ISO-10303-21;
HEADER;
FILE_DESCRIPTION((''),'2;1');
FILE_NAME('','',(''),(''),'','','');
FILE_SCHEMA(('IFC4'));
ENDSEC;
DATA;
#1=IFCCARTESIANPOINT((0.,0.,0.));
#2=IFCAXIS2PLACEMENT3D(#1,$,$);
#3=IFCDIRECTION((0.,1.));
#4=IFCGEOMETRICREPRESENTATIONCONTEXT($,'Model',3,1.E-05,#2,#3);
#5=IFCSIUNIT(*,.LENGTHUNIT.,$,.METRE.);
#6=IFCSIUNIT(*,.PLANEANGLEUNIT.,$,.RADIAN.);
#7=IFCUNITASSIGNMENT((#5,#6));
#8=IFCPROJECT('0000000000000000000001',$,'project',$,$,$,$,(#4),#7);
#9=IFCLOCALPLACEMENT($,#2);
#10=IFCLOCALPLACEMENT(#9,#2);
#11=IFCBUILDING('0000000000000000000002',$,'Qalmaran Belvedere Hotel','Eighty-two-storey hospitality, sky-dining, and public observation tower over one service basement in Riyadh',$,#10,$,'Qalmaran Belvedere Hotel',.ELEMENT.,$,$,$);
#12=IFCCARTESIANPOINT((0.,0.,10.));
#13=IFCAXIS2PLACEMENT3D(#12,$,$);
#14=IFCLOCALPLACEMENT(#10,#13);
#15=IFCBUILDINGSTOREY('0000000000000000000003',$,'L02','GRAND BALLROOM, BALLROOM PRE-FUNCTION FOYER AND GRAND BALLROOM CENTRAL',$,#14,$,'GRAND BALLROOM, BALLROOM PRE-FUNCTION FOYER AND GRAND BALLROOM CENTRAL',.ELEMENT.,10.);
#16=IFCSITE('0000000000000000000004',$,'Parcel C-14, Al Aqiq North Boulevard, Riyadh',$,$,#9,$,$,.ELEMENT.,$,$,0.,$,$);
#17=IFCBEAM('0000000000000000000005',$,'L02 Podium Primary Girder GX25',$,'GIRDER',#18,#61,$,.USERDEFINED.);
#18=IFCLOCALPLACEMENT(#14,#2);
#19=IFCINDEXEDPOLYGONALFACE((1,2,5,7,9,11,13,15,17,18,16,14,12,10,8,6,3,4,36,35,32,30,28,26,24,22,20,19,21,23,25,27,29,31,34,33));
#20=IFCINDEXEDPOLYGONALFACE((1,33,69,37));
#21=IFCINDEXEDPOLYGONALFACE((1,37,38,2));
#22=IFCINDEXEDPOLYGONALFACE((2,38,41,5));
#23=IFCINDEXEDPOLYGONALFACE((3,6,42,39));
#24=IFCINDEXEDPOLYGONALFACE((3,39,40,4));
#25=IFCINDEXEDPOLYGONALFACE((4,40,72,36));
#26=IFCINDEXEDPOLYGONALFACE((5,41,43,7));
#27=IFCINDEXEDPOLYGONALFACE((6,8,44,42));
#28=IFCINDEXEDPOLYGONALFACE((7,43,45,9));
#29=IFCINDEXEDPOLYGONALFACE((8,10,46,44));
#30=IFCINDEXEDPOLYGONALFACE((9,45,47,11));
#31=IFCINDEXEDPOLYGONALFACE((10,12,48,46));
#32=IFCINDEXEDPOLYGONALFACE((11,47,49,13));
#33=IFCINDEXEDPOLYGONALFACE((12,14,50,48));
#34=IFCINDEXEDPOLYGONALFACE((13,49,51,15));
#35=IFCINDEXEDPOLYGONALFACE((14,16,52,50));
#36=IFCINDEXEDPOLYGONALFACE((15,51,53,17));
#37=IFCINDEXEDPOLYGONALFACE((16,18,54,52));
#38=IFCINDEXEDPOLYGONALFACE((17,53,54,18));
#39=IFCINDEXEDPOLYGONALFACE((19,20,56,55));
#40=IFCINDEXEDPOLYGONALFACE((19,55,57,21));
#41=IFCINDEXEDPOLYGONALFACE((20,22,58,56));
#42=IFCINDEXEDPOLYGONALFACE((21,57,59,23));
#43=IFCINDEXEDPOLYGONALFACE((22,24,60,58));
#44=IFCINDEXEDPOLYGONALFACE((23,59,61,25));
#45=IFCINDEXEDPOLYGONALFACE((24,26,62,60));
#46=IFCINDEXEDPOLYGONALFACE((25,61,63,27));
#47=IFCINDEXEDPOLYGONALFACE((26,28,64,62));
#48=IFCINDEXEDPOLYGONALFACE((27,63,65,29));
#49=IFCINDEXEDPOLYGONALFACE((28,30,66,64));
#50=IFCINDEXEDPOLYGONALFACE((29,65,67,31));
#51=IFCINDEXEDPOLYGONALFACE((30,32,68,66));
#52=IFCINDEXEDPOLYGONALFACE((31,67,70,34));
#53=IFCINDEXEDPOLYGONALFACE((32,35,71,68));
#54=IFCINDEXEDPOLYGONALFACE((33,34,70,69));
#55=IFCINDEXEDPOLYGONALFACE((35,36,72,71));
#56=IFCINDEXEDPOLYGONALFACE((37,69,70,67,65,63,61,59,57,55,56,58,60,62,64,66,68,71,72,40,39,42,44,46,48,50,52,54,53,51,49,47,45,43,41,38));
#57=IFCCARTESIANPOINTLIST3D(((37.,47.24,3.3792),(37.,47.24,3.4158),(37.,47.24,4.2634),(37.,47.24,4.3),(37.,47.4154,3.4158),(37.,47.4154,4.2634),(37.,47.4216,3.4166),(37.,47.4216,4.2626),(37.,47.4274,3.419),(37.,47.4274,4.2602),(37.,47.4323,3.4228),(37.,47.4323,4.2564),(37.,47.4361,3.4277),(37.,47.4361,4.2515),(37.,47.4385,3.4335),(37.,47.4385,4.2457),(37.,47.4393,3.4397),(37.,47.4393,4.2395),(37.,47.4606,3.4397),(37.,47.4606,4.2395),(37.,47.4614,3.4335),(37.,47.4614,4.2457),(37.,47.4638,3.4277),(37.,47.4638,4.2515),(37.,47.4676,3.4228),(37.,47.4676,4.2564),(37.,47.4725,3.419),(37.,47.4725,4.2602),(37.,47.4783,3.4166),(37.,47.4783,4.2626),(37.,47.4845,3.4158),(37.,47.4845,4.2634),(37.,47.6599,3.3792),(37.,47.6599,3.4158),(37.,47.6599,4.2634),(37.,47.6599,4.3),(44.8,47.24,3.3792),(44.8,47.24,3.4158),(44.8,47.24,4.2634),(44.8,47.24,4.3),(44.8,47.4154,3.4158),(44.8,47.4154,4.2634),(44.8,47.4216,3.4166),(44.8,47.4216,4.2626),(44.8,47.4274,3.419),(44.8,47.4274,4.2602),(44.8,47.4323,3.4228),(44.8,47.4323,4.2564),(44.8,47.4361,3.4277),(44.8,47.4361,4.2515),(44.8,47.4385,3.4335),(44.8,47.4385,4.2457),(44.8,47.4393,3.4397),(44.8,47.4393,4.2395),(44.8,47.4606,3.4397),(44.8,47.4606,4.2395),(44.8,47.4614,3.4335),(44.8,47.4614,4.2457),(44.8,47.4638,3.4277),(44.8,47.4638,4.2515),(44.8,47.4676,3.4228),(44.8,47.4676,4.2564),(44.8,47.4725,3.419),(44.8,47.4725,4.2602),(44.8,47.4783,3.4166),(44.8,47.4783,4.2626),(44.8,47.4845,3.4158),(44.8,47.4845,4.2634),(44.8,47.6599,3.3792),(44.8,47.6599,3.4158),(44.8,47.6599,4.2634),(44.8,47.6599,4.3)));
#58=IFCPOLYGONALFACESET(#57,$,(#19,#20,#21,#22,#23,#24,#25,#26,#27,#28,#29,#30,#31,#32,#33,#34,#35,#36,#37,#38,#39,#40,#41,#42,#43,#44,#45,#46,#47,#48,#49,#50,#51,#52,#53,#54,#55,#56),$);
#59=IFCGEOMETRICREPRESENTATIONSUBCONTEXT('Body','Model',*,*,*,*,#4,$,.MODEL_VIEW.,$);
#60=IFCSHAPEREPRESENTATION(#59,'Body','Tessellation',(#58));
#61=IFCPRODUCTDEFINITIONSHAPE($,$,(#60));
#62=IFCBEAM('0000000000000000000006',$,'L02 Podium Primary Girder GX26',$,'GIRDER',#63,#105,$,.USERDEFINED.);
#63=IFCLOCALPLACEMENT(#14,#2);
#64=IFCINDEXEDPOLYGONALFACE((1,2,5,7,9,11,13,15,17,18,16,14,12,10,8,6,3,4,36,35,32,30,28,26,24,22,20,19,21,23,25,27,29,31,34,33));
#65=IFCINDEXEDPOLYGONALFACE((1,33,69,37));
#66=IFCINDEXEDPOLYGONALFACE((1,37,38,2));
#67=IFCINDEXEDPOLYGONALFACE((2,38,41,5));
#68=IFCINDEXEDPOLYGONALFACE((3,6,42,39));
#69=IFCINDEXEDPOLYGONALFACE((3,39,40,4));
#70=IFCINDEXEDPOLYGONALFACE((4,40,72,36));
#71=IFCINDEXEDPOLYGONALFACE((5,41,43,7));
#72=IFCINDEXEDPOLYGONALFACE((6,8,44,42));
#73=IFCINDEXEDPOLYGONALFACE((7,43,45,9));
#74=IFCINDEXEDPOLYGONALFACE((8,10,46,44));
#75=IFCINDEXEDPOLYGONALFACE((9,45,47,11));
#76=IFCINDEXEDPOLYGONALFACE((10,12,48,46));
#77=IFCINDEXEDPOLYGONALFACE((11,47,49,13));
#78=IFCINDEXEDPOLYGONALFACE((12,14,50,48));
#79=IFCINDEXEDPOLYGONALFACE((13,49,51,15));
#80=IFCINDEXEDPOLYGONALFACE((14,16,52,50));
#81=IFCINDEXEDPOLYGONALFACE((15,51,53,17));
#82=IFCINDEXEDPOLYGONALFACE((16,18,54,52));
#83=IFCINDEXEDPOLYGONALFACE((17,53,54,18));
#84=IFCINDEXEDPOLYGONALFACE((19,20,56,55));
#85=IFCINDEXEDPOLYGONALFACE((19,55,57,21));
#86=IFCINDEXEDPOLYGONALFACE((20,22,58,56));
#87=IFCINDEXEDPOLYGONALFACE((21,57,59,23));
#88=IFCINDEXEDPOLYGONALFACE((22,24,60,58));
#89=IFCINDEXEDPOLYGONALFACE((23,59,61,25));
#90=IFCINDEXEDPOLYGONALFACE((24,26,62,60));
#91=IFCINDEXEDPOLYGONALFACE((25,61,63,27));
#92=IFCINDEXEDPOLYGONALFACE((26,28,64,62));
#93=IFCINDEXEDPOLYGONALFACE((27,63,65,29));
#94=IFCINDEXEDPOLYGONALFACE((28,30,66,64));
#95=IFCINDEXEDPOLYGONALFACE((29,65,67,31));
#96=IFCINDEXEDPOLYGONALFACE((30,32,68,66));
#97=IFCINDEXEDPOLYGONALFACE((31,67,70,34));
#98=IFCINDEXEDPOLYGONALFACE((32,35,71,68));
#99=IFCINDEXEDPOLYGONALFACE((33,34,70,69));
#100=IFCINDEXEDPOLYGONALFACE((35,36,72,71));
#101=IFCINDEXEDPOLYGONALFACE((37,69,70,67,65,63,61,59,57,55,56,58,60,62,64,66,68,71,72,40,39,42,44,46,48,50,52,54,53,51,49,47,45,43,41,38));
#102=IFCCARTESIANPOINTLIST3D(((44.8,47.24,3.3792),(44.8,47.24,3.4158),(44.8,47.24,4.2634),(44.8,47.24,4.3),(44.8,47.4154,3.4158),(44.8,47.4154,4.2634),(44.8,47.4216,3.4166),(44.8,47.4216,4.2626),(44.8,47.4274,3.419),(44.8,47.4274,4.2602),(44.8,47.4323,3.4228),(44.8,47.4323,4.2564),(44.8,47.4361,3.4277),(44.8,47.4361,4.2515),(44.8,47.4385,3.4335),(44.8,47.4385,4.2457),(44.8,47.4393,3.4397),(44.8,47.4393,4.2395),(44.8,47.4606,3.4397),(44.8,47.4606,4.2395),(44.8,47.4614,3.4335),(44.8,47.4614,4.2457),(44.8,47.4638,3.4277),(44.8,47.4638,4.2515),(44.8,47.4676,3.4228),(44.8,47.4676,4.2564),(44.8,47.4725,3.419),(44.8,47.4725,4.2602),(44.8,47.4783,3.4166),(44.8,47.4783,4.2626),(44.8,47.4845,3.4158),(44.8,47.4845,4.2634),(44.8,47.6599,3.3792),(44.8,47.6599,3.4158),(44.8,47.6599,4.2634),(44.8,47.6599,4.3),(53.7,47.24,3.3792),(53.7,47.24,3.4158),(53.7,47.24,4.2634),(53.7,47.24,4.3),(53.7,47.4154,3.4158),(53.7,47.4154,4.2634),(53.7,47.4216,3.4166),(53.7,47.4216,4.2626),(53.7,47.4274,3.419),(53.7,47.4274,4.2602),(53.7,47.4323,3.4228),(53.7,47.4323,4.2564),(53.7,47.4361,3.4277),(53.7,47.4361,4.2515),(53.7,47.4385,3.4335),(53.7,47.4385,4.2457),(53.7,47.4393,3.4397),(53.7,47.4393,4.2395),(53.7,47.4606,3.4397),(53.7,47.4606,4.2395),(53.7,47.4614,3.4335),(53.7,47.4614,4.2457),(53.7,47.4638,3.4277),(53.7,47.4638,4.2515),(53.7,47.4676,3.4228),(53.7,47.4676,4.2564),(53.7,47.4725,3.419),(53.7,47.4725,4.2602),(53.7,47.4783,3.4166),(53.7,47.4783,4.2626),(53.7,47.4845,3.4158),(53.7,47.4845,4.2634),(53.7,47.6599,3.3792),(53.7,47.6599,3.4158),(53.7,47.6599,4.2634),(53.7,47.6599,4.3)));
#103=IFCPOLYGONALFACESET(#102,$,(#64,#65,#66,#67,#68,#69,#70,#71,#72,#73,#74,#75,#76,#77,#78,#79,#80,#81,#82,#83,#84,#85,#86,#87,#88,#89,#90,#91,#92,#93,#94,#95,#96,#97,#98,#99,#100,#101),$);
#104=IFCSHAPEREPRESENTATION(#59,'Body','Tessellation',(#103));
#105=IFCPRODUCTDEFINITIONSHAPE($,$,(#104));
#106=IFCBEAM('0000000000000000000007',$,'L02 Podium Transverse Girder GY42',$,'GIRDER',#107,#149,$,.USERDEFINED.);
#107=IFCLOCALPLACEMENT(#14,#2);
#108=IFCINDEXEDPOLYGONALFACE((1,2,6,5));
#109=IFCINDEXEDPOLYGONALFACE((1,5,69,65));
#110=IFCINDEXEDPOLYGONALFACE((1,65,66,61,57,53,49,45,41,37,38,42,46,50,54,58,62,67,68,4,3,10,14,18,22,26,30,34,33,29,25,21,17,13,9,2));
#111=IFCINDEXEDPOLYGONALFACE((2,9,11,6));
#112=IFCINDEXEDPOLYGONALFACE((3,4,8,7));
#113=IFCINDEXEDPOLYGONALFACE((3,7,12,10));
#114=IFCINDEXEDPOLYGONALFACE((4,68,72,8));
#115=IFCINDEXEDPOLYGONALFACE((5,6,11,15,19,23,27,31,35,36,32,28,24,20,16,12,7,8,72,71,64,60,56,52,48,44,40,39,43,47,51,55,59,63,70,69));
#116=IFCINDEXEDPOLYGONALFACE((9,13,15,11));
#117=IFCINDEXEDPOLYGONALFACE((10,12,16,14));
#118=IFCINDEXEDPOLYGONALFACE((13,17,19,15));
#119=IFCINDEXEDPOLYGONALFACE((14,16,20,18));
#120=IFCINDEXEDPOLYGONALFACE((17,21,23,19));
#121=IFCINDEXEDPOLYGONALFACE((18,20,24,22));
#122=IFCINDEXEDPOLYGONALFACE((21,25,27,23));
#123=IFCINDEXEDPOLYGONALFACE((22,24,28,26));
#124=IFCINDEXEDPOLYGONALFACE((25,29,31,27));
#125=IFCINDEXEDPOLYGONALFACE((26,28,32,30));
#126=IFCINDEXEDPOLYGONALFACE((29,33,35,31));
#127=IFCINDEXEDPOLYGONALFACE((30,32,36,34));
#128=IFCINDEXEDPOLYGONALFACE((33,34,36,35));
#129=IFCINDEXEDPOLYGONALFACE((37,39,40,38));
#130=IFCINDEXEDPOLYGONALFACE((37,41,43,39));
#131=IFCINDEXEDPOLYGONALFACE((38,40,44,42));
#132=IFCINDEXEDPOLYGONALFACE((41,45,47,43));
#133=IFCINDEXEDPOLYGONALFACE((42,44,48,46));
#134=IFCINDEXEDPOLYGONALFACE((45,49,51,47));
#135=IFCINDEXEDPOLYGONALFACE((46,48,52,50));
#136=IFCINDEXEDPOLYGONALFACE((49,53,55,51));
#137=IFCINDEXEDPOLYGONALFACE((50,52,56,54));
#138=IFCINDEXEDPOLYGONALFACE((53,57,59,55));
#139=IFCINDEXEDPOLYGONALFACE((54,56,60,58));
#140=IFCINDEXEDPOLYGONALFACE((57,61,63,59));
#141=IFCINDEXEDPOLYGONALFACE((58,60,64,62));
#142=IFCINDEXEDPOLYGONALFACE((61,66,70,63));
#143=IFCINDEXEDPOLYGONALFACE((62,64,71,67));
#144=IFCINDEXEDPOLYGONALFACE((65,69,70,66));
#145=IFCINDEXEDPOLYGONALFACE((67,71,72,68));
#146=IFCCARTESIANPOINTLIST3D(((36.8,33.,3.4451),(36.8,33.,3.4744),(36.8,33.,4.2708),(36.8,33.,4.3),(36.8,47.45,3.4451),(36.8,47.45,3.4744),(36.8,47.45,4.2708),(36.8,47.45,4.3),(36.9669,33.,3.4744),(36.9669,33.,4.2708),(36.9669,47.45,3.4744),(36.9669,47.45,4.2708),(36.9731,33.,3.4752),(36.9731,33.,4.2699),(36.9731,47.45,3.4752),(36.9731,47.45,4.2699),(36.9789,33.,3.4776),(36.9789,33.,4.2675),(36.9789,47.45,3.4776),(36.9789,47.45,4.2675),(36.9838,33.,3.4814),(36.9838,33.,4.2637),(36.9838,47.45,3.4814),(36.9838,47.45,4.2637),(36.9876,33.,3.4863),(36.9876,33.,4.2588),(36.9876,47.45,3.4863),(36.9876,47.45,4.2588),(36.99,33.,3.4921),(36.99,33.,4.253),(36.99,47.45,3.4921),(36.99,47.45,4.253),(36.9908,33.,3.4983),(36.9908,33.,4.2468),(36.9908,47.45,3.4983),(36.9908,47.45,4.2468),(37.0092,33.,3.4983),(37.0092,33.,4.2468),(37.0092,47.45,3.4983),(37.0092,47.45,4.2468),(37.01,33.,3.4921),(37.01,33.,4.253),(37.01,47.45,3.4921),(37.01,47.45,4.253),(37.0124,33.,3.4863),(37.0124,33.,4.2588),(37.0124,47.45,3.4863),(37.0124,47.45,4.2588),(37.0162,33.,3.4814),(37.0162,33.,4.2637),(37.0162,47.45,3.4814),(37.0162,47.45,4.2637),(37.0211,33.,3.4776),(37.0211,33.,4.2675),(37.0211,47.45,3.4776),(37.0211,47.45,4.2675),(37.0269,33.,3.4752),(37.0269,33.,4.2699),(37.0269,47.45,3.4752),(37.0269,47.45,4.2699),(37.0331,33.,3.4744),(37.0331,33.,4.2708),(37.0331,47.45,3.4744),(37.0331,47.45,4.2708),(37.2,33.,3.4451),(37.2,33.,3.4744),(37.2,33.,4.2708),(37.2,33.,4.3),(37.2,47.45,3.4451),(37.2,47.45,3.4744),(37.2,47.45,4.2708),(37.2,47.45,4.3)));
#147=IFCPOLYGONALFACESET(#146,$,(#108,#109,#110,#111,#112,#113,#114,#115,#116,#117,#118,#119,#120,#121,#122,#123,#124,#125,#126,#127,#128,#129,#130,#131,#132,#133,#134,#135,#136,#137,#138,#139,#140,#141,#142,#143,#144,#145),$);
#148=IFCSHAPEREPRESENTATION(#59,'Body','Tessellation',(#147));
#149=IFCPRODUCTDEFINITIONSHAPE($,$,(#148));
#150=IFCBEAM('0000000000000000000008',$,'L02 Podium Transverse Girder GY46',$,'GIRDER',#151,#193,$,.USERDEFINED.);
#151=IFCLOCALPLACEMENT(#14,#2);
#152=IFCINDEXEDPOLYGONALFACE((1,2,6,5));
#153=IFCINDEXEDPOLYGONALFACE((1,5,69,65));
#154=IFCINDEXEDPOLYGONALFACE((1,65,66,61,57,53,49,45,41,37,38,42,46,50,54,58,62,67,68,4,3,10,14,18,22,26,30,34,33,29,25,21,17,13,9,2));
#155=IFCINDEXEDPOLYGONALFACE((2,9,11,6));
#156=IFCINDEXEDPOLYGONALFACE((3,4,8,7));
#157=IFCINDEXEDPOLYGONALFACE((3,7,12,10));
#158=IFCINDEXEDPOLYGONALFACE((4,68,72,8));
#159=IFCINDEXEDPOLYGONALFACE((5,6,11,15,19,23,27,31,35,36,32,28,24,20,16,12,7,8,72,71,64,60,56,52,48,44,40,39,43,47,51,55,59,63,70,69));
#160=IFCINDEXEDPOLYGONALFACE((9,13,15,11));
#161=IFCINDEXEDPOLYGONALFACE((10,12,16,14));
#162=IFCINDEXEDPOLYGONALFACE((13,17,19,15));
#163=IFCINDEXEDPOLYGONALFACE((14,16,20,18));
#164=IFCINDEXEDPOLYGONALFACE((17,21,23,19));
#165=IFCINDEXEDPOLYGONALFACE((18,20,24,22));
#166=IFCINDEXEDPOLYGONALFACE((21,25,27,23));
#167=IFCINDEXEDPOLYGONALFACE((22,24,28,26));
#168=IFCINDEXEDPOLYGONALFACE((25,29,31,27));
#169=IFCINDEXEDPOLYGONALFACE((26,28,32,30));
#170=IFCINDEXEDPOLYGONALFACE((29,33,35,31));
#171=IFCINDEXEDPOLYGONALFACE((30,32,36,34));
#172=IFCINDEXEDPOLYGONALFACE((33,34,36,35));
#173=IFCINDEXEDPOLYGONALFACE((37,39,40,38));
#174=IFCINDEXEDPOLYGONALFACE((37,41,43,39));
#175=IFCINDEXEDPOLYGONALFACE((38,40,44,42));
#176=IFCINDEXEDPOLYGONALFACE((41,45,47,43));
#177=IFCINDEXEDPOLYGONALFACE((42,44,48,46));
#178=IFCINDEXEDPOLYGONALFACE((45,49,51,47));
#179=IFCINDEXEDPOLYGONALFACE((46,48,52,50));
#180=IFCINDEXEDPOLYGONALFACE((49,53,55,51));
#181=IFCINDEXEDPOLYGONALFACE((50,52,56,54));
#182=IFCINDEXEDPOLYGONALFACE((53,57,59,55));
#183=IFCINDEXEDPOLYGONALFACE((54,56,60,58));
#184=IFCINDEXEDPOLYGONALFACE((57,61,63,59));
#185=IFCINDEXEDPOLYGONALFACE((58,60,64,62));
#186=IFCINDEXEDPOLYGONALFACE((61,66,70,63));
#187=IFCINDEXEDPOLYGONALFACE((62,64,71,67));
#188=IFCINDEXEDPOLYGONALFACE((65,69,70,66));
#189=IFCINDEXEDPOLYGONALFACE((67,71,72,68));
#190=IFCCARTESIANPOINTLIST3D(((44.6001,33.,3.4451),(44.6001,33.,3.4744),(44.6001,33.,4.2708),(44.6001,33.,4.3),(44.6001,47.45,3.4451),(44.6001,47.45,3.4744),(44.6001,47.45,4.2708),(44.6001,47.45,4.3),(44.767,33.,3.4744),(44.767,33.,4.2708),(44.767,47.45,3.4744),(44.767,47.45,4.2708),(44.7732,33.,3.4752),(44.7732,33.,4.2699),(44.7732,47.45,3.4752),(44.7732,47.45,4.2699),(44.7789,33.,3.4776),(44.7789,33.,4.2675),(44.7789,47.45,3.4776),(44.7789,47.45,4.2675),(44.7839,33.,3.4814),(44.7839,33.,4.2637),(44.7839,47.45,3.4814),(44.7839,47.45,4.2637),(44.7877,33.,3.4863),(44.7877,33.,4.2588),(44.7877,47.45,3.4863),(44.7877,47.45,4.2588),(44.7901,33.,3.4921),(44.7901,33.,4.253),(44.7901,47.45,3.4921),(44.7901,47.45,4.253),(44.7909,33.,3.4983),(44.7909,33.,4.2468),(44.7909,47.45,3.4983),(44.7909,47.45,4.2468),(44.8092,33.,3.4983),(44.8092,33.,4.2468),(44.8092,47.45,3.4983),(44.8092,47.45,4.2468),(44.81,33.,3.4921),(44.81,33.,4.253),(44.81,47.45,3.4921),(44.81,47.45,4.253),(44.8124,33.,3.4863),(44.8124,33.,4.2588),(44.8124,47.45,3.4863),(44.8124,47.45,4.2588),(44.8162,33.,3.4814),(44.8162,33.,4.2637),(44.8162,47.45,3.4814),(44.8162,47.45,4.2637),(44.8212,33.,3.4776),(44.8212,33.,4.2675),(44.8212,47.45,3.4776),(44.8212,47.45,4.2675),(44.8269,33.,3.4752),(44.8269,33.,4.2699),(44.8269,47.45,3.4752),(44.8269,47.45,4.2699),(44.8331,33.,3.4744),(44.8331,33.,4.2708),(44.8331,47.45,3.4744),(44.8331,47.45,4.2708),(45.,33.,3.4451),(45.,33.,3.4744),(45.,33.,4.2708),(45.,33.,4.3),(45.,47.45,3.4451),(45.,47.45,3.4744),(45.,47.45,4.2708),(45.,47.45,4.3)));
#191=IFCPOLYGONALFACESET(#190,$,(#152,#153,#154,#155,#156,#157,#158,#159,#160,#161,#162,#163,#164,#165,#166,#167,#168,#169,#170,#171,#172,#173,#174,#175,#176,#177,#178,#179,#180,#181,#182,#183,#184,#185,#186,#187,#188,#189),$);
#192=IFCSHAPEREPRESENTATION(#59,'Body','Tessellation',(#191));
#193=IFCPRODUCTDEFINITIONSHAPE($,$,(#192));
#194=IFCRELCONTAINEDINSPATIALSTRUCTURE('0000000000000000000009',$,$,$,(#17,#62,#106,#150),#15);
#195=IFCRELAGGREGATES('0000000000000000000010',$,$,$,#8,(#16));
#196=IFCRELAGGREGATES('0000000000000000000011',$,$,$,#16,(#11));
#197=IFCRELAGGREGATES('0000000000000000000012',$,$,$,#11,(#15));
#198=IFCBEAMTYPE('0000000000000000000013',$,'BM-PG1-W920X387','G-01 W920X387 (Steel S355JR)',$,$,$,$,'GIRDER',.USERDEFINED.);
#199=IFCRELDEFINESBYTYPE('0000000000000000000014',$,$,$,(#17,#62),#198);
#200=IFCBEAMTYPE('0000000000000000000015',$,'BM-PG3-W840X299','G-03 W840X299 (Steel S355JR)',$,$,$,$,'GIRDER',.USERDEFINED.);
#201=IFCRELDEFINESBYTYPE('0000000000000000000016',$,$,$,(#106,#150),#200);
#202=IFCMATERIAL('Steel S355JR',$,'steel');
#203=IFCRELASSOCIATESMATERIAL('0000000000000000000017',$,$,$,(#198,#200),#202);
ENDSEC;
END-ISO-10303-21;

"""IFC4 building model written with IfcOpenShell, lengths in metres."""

from ifc_helpers import new_model, si_unit, direction, frame, origin, origin_2d, place, context, subcontext, project, spatial, i_section, extrude, material, material_profile, profile_set, type_object, element, save


model = new_model("IFC4")

# Units and contexts
model_context = context("Model", 3, precision=1e-05, world=origin(), true_north=direction((0.0, 1.0)))
body_context = subcontext(model_context, "Body", "Model", "MODEL_VIEW")
ifc_project = project(units=[si_unit("LENGTHUNIT", "METRE"), si_unit("PLANEANGLEUNIT", "RADIAN")], contexts=[model_context])

# Site, building, storey
site_placement = place(None, origin())
site = spatial("IfcSite", under=ifc_project, at=site_placement, Name="Parcel C-14, Al Aqiq North Boulevard, Riyadh", CompositionType="ELEMENT", RefElevation=0.0)
building_placement = place(site_placement, origin())
building = spatial("IfcBuilding", under=site, at=building_placement, Name="Qalmaran Belvedere Hotel", Description="Eighty-two-storey hospitality, sky-dining, and public observation tower over one service basement in Riyadh", LongName="Qalmaran Belvedere Hotel", CompositionType="ELEMENT")
storey_placement = place(building_placement, frame((0.0, 0.0, 10.0)))
storey = spatial("IfcBuildingStorey", under=building, at=storey_placement, Name="L02", Description="GRAND BALLROOM, BALLROOM PRE-FUNCTION FOYER AND GRAND BALLROOM CENTRAL", LongName="GRAND BALLROOM, BALLROOM PRE-FUNCTION FOYER AND GRAND BALLROOM CENTRAL", CompositionType="ELEMENT", Elevation=10.0)

# Beams
ifc_material_1 = material(Name="Steel S355JR", Category="steel")
ifc_material_profile_1 = material_profile(ifc_material_1, i_section(OverallWidth=0.4199, OverallDepth=0.9209, WebThickness=0.0212, FlangeThickness=0.0366, FilletRadius=0.0239, at=origin_2d()), Name="W920X387")
ifc_profile_set_1 = profile_set([ifc_material_profile_1], Name="Steel S355JR")
beam_type_1 = type_object("IfcBeamType", Name="BM-PG1-W920X387", Description="G-01 W920X387 (Steel S355JR)", ElementType="GIRDER", PredefinedType="USERDEFINED", material=ifc_profile_set_1)
beam_1_placement = place(storey_placement, frame((37.0, 47.45, 3.8396), z_axis=(1.0, 0.0, 0.0), x_axis=(0.0, 1.0, 0.0)))
element("IfcBeam", 1, at=beam_1_placement, inside=storey, type_object=beam_type_1, Name="L02 Podium Primary Girder GX25", ObjectType="GIRDER", PredefinedType="USERDEFINED", context=body_context, shape_type="SweptSolid", body=[
    extrude(i_section(OverallWidth=0.4199, OverallDepth=0.9209, WebThickness=0.0212, FlangeThickness=0.0366, FilletRadius=0.0239, at=origin_2d()), origin(), (0.0, 0.0, 1.0), 7.8),
])
beam_2_placement = place(storey_placement, frame((44.8, 47.45, 3.8396), z_axis=(1.0, 0.0, 0.0), x_axis=(0.0, 1.0, 0.0)))
element("IfcBeam", 2, at=beam_2_placement, inside=storey, type_object=beam_type_1, Name="L02 Podium Primary Girder GX26", ObjectType="GIRDER", PredefinedType="USERDEFINED", context=body_context, shape_type="SweptSolid", body=[
    extrude(i_section(OverallWidth=0.4199, OverallDepth=0.9209, WebThickness=0.0212, FlangeThickness=0.0366, FilletRadius=0.0239, at=origin_2d()), origin(), (0.0, 0.0, 1.0), 8.8999),
])
ifc_material_profile_2 = material_profile(ifc_material_1, i_section(OverallWidth=0.3999, OverallDepth=0.855, WebThickness=0.0183, FlangeThickness=0.0293, FilletRadius=0.0239, at=origin_2d()), Name="W840X299")
ifc_profile_set_2 = profile_set([ifc_material_profile_2], Name="Steel S355JR")
beam_type_2 = type_object("IfcBeamType", Name="BM-PG3-W840X299", Description="G-03 W840X299 (Steel S355JR)", ElementType="GIRDER", PredefinedType="USERDEFINED", material=ifc_profile_set_2)
for number, where, z_axis, x_axis, name in (
    (3, (37.0, 33.0, 3.8726), (0.0, 1.0, 0.0), (-1.0, 0.0, 0.0), "L02 Podium Transverse Girder GY42"),
    (4, (44.8, 33.0, 3.8726), (0.0, 1.0, 0.0), (-1.0, 0.0, 0.0), "L02 Podium Transverse Girder GY46"),
):
    element("IfcBeam", number, at=place(storey_placement, frame(where, z_axis=z_axis, x_axis=x_axis)), inside=storey, type_object=beam_type_2, Name=name, ObjectType="GIRDER", PredefinedType="USERDEFINED", context=body_context, shape_type="SweptSolid", body=[
        extrude(i_section(OverallWidth=0.3999, OverallDepth=0.855, WebThickness=0.0183, FlangeThickness=0.0293, FilletRadius=0.0239, at=origin_2d()), origin(), (0.0, 0.0, 1.0), 14.45),
    ])

save(model, "model.ifc")
